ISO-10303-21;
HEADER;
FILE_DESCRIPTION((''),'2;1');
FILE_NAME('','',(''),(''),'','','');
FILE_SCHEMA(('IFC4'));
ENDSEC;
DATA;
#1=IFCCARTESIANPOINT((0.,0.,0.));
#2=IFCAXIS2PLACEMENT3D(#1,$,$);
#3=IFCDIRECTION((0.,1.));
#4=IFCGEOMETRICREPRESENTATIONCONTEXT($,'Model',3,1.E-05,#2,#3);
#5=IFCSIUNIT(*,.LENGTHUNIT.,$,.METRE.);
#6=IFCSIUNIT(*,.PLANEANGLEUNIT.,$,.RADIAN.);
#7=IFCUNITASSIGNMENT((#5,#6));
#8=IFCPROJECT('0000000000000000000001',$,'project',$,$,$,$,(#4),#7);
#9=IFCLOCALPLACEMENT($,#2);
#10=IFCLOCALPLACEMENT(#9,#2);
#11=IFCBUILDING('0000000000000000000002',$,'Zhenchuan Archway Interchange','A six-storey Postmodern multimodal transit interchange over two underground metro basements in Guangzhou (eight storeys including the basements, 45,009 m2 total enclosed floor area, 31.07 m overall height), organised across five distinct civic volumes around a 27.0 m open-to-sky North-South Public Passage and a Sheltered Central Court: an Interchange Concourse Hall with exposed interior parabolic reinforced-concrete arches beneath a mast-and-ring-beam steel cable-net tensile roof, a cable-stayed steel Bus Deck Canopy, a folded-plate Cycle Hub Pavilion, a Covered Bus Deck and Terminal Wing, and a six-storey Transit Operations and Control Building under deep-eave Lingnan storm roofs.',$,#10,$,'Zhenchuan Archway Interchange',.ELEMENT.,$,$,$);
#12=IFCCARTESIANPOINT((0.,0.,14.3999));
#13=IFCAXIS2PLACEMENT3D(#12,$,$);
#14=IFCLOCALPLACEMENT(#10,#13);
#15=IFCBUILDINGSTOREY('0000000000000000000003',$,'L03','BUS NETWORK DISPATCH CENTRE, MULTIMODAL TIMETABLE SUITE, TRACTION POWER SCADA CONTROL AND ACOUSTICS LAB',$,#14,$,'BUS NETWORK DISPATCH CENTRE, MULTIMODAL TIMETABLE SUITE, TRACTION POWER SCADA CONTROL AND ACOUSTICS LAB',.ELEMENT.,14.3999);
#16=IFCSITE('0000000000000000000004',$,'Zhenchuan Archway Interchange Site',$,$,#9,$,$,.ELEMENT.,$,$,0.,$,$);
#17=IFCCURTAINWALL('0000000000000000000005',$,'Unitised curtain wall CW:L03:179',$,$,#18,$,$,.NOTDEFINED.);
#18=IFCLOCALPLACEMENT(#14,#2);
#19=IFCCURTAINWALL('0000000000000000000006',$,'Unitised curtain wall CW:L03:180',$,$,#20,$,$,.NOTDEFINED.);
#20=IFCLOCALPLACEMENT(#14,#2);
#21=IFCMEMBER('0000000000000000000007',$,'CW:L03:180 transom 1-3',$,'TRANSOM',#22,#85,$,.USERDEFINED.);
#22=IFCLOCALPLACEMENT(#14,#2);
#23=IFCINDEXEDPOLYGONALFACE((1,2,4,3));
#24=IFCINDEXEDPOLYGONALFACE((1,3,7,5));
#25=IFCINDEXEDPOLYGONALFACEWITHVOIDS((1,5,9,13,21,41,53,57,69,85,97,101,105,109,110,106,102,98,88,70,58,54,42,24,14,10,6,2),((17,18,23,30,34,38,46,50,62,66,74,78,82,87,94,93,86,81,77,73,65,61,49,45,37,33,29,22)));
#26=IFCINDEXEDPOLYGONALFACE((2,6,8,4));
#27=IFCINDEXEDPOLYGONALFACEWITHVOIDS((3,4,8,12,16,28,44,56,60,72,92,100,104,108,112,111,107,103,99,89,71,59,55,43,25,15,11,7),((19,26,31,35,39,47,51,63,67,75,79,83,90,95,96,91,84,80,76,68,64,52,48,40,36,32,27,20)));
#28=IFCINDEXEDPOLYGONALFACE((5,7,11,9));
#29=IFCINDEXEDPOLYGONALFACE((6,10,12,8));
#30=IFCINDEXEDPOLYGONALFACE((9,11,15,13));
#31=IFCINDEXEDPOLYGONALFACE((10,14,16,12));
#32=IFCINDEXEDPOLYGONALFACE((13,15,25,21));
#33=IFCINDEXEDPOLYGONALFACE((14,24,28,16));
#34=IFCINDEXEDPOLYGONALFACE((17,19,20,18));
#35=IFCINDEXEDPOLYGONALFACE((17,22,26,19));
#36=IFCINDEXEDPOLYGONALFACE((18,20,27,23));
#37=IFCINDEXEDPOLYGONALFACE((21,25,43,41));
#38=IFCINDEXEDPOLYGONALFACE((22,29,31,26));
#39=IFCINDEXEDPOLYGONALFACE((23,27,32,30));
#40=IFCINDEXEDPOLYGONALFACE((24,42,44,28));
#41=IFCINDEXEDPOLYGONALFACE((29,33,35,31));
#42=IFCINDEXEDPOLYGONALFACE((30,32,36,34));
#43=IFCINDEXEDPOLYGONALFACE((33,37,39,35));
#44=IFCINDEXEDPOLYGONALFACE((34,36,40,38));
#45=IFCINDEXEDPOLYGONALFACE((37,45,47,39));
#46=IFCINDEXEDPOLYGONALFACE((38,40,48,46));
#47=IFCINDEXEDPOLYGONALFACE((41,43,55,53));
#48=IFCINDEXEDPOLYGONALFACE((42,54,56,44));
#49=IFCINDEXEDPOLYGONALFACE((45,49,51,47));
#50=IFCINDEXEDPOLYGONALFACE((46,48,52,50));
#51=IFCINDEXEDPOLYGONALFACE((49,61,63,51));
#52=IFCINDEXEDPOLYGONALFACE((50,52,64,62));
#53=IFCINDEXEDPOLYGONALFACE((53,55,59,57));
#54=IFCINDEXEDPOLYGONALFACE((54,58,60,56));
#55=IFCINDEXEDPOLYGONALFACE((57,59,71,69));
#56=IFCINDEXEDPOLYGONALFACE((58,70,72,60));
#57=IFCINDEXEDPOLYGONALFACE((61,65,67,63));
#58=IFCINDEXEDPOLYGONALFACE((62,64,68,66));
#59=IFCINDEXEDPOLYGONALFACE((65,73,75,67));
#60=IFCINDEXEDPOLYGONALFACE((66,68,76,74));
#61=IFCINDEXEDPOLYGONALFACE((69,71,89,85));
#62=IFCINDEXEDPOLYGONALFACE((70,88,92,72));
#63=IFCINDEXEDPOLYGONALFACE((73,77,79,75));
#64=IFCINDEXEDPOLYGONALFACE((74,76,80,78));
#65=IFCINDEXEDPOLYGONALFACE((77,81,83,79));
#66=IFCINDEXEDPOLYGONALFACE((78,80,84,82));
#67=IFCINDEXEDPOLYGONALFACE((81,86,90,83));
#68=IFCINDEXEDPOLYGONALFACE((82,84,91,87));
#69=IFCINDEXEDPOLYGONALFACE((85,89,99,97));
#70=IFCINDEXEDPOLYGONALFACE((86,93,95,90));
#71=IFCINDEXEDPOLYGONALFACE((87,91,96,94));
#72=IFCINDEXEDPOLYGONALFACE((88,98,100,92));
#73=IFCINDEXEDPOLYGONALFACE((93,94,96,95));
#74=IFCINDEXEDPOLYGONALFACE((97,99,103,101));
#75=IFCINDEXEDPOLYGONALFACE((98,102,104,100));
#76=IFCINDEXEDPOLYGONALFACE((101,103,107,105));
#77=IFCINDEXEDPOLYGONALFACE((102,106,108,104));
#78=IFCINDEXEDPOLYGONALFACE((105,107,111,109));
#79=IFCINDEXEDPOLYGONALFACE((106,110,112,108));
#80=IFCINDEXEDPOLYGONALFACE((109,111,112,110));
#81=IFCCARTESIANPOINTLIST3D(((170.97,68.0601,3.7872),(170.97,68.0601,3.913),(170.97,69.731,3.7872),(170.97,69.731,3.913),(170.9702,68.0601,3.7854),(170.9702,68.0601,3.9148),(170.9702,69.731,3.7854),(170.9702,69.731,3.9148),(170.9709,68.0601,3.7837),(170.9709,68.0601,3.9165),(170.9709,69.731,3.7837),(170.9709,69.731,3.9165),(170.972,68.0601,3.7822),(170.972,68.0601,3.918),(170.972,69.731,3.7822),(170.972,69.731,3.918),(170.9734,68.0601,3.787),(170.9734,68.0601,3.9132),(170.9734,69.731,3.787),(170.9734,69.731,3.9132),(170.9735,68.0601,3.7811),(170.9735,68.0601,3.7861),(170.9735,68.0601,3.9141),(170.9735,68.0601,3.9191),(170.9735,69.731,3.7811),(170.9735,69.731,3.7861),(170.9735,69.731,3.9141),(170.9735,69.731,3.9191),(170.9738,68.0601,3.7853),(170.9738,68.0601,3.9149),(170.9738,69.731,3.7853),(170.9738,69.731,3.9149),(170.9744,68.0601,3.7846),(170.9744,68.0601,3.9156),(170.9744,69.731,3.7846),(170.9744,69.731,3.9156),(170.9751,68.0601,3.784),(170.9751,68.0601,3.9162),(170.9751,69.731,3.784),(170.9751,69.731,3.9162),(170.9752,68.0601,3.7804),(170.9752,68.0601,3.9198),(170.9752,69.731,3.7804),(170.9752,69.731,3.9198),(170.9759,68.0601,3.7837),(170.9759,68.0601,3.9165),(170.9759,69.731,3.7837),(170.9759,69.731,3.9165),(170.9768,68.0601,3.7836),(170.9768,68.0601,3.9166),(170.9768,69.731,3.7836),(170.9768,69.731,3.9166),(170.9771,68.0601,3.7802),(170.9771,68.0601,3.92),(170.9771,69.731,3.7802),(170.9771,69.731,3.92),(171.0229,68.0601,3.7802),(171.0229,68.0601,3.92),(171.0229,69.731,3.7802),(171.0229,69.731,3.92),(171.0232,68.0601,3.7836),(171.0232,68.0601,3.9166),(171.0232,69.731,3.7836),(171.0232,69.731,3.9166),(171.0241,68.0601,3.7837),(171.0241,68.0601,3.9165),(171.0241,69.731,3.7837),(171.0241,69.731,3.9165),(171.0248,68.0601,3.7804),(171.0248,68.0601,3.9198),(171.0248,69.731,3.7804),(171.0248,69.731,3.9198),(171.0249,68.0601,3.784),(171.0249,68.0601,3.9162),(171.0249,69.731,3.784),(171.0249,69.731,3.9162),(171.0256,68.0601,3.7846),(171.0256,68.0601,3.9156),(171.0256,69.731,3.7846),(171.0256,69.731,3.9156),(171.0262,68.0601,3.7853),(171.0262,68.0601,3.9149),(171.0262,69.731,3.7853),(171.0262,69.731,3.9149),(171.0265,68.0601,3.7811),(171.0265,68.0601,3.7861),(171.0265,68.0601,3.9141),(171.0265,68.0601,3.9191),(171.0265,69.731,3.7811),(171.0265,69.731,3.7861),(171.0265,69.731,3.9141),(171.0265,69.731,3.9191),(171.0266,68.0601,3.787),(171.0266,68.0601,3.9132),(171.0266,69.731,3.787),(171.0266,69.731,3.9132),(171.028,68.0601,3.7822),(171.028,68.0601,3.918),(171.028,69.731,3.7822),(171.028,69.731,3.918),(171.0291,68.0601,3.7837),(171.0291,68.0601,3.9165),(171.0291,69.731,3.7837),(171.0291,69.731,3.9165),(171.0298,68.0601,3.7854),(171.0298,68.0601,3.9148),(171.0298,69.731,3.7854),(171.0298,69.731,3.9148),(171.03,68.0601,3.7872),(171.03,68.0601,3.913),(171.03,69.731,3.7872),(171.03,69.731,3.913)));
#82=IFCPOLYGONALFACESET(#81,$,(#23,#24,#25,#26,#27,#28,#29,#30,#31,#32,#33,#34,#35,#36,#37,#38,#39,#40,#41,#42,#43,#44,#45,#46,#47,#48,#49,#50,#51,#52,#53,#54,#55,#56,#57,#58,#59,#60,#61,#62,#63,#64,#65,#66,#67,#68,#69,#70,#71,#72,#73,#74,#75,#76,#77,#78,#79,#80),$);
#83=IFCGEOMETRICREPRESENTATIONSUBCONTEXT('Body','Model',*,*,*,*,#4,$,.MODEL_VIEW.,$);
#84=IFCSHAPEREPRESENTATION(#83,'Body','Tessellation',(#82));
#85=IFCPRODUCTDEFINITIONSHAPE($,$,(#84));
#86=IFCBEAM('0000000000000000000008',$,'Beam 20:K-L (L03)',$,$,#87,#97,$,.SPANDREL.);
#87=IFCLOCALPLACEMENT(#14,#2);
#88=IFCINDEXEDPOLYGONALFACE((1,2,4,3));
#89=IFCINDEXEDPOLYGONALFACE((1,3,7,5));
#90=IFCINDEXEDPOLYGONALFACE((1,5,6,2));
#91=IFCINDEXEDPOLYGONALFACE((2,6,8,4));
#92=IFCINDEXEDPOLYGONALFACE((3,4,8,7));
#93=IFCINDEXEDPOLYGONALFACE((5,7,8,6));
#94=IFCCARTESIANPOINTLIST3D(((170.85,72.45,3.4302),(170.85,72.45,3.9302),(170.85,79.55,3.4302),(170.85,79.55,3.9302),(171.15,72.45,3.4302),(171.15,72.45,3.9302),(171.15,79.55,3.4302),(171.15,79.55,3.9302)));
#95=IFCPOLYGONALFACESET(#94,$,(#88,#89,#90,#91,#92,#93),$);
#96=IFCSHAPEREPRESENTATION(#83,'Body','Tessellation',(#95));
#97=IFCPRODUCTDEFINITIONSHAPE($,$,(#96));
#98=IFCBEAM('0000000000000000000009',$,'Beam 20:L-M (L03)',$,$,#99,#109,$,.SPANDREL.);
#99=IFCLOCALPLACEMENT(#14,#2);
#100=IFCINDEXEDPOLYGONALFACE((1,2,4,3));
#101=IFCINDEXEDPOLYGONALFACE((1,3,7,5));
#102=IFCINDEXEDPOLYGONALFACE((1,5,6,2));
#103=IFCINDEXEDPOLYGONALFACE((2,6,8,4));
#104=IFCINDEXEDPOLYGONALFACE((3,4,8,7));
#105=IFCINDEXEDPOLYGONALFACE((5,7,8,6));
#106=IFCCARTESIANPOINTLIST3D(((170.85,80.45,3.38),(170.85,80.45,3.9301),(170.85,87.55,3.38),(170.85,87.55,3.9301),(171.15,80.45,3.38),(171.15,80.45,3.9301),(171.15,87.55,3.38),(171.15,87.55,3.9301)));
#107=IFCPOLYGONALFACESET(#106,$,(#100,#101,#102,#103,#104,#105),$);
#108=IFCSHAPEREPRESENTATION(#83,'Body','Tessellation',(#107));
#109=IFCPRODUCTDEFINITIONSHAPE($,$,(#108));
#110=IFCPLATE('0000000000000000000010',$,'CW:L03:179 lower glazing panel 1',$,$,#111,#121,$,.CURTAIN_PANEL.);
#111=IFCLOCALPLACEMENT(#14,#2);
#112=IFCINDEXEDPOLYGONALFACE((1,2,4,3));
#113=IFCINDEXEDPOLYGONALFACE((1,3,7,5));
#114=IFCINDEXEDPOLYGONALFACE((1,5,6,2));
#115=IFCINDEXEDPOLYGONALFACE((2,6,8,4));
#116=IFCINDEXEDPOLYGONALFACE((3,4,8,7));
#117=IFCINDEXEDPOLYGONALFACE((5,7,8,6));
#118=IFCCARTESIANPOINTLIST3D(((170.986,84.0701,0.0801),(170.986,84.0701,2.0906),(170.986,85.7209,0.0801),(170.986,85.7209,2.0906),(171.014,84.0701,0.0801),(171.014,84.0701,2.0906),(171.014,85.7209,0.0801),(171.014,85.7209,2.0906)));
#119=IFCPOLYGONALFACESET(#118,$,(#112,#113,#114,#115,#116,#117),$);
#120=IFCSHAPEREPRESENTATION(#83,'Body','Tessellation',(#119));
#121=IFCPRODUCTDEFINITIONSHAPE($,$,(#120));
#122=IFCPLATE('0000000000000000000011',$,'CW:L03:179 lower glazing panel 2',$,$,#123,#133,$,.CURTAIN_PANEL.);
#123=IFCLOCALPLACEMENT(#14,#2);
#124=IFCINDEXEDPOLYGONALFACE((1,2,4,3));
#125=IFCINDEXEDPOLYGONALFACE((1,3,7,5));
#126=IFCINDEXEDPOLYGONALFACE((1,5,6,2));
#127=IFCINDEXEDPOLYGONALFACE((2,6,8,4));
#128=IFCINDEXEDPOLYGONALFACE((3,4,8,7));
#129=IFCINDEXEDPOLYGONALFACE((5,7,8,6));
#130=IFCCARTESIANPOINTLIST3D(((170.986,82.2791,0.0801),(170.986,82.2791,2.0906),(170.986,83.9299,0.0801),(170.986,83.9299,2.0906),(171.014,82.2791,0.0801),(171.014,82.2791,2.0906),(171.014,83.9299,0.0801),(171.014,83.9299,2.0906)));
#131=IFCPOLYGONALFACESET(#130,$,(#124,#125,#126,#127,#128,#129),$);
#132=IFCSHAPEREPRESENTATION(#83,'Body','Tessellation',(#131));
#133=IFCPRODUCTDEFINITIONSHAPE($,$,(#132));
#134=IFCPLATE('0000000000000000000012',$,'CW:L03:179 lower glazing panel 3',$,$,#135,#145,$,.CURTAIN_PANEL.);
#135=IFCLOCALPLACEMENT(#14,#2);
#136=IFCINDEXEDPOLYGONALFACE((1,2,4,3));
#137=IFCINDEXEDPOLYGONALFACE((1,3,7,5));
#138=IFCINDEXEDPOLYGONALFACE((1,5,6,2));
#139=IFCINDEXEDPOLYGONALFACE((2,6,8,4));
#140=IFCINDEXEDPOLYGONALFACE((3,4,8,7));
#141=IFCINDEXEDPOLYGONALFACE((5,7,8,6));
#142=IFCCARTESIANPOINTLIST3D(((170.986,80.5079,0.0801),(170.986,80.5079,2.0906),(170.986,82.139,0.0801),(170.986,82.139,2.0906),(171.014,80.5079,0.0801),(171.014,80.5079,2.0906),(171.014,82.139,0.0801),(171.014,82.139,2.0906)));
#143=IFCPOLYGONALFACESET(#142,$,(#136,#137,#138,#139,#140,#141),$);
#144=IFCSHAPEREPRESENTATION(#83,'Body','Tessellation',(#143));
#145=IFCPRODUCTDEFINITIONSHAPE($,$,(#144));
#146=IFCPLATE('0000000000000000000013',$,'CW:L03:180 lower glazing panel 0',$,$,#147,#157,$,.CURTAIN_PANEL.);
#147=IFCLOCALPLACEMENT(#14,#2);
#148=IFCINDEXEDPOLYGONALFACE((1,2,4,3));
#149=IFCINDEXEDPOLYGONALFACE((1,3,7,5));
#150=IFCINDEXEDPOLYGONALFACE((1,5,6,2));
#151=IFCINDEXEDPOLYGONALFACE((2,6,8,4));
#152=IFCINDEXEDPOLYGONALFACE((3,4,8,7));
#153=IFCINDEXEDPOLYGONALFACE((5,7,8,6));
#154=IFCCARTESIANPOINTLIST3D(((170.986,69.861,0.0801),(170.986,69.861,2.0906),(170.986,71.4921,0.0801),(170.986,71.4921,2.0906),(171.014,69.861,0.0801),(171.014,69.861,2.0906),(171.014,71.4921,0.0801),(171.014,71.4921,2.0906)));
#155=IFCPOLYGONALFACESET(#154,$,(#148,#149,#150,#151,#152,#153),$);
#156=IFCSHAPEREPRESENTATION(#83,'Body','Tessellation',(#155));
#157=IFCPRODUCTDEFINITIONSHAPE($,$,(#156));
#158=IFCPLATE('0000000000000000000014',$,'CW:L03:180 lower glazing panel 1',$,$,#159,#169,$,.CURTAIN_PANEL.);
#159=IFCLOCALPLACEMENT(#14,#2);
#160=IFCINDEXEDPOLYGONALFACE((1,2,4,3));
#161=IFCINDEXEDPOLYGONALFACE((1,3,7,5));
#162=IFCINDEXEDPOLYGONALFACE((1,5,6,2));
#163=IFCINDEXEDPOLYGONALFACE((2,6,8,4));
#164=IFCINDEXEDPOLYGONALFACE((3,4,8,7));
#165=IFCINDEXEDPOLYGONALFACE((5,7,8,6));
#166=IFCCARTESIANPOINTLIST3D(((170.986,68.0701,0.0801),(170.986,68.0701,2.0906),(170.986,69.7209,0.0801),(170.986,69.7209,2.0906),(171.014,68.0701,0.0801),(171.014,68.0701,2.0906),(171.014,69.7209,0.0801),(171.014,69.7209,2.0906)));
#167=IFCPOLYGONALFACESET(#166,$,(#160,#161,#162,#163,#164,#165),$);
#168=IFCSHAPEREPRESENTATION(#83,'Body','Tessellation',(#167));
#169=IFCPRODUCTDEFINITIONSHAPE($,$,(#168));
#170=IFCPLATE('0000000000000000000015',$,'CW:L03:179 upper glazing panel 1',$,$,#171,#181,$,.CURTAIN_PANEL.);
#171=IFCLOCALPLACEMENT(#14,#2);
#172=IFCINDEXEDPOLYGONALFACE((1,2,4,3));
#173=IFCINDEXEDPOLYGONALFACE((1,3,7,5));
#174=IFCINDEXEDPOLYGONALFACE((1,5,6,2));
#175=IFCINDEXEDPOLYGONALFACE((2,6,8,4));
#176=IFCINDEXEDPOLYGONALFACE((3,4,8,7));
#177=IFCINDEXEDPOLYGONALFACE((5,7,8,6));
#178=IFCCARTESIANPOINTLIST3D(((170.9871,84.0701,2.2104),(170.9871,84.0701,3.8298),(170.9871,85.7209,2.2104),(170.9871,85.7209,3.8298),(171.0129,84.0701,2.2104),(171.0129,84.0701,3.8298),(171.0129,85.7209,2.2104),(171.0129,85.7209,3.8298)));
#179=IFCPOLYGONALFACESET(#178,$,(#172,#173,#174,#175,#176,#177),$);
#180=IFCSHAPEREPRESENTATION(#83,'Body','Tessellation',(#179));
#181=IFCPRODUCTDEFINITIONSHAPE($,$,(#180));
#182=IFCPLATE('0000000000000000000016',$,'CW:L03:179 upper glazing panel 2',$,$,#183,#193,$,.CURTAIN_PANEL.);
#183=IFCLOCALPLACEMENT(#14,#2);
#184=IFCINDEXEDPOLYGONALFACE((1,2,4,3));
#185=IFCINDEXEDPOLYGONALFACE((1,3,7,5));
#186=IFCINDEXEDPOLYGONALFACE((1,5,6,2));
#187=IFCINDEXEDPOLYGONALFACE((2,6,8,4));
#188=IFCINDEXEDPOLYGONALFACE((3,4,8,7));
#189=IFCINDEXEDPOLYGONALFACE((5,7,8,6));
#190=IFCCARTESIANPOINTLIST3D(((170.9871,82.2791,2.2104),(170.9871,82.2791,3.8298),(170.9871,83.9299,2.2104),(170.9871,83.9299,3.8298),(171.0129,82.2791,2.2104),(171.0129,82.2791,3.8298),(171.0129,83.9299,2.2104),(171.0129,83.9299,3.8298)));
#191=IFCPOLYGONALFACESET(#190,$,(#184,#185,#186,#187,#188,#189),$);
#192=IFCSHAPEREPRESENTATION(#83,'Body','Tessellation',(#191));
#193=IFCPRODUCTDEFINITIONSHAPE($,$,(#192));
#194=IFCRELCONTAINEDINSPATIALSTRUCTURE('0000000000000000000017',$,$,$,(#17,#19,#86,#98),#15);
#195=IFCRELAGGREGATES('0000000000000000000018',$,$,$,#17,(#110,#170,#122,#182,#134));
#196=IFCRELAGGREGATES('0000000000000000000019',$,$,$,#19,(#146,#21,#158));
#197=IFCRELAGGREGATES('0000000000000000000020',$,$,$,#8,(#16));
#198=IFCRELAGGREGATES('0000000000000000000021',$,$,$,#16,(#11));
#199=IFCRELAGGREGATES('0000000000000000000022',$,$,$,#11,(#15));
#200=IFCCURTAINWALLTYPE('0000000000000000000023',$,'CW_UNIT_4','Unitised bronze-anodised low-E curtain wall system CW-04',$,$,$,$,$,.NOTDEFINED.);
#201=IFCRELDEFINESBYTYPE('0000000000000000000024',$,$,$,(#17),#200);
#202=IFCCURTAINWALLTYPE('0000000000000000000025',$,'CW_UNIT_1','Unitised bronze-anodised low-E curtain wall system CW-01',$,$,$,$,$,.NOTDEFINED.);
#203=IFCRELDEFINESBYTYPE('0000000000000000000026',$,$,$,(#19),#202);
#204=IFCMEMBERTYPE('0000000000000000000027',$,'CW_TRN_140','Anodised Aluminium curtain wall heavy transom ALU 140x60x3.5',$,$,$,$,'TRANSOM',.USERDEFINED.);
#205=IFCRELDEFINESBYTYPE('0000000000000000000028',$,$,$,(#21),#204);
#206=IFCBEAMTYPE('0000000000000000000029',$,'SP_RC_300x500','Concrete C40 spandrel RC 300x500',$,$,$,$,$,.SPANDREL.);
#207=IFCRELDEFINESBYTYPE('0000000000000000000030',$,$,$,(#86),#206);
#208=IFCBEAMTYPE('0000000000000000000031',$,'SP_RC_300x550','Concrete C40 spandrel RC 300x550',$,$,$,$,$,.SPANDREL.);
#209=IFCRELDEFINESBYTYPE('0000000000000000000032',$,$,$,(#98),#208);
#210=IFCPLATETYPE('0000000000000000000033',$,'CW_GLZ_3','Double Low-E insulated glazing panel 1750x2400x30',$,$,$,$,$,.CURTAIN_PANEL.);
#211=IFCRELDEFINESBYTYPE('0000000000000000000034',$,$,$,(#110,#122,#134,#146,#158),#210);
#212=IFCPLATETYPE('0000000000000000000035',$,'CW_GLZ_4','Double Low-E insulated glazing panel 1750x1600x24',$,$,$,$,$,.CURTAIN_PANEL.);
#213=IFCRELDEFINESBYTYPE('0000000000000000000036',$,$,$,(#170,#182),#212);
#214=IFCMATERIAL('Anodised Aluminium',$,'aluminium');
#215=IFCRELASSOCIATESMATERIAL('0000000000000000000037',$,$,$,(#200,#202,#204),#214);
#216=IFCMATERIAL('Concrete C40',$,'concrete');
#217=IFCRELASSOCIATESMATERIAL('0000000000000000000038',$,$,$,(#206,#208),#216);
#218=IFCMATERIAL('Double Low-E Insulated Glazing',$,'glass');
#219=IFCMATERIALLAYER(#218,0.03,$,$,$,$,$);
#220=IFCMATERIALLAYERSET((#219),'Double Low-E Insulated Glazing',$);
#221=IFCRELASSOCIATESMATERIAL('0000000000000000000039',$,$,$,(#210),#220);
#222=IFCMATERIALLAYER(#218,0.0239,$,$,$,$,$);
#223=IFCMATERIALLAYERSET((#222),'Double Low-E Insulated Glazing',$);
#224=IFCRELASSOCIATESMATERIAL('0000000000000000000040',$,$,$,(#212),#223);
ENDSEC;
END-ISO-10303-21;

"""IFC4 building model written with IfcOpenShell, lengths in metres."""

from ifc_helpers import new_model, si_unit, direction, frame, origin, origin_2d, place, context, subcontext, project, spatial, rectangle, hollow_rectangle, extrude, material, layer, layer_set, material_profile, profile_set, type_object, element, aggregate, save


model = new_model("IFC4")

# Units and contexts
model_context = context("Model", 3, precision=1e-05, world=origin(), true_north=direction((0.0, 1.0)))
body_context = subcontext(model_context, "Body", "Model", "MODEL_VIEW")
ifc_project = project(units=[si_unit("LENGTHUNIT", "METRE"), si_unit("PLANEANGLEUNIT", "RADIAN")], contexts=[model_context])

# Site, building, storey
site_placement = place(None, origin())
site = spatial("IfcSite", under=ifc_project, at=site_placement, Name="Zhenchuan Archway Interchange Site", CompositionType="ELEMENT", RefElevation=0.0)
building_placement = place(site_placement, origin())
building = spatial("IfcBuilding", under=site, at=building_placement, Name="Zhenchuan Archway Interchange", Description="A six-storey Postmodern multimodal transit interchange over two underground metro basements in Guangzhou (eight storeys including the basements, 45,009 m2 total enclosed floor area, 31.07 m overall height), organised across five distinct civic volumes around a 27.0 m open-to-sky North-South Public Passage and a Sheltered Central Court: an Interchange Concourse Hall with exposed interior parabolic reinforced-concrete arches beneath a mast-and-ring-beam steel cable-net tensile roof, a cable-stayed steel Bus Deck Canopy, a folded-plate Cycle Hub Pavilion, a Covered Bus Deck and Terminal Wing, and a six-storey Transit Operations and Control Building under deep-eave Lingnan storm roofs.", LongName="Zhenchuan Archway Interchange", CompositionType="ELEMENT")
storey_placement = place(building_placement, frame((0.0, 0.0, 14.3999)))
storey = spatial("IfcBuildingStorey", under=building, at=storey_placement, Name="L03", Description="BUS NETWORK DISPATCH CENTRE, MULTIMODAL TIMETABLE SUITE, TRACTION POWER SCADA CONTROL AND ACOUSTICS LAB", LongName="BUS NETWORK DISPATCH CENTRE, MULTIMODAL TIMETABLE SUITE, TRACTION POWER SCADA CONTROL AND ACOUSTICS LAB", CompositionType="ELEMENT", Elevation=14.3999)

# Shared definitions
ifc_material_1 = material(Name="Concrete C40", Category="concrete")

# Curtain walls
ifc_material_2 = material(Name="Anodised Aluminium", Category="aluminium")
curtain_wall_type_1 = type_object("IfcCurtainWallType", Name="CW_UNIT_4", Description="Unitised bronze-anodised low-E curtain wall system CW-04", PredefinedType="NOTDEFINED", material=ifc_material_2)
curtain_wall_1_placement = place(storey_placement, origin())
curtain_wall_1 = element("IfcCurtainWall", 1, at=curtain_wall_1_placement, inside=storey, type_object=curtain_wall_type_1, Name="Unitised curtain wall CW:L03:179", PredefinedType="NOTDEFINED")
curtain_wall_type_2 = type_object("IfcCurtainWallType", Name="CW_UNIT_1", Description="Unitised bronze-anodised low-E curtain wall system CW-01", PredefinedType="NOTDEFINED", material=ifc_material_2)
curtain_wall_2_placement = place(storey_placement, origin())
curtain_wall_2 = element("IfcCurtainWall", 2, at=curtain_wall_2_placement, inside=storey, type_object=curtain_wall_type_2, Name="Unitised curtain wall CW:L03:180", PredefinedType="NOTDEFINED")

# Member
ifc_material_profile_1 = material_profile(ifc_material_2, hollow_rectangle(XDim=0.0601, YDim=0.1399, WallThickness=0.0034, InnerFilletRadius=0.0034, OuterFilletRadius=0.0071, at=origin_2d()), Name="ALU 140x60x3.5")
ifc_profile_set_1 = profile_set([ifc_material_profile_1], Name="Anodised Aluminium")
member_type_1 = type_object("IfcMemberType", Name="CW_TRN_140", Description="Anodised Aluminium curtain wall heavy transom ALU 140x60x3.5", ElementType="TRANSOM", PredefinedType="USERDEFINED", material=ifc_profile_set_1)
member_1_placement = place(storey_placement, frame((171.0, 69.731, 3.8501), z_axis=(0.0, -1.0, 0.0), x_axis=(1.0, 0.0, 0.0)))
member_1 = element("IfcMember", 3, at=member_1_placement, type_object=member_type_1, Name="CW:L03:180 transom 1-3", ObjectType="TRANSOM", PredefinedType="USERDEFINED", context=body_context, shape_type="SweptSolid", body=[
    extrude(hollow_rectangle(XDim=0.0601, YDim=0.1399, WallThickness=0.0034, InnerFilletRadius=0.0034, OuterFilletRadius=0.0071, at=origin_2d()), origin(), (0.0, 0.0, 1.0), 1.6709),
])

# Beams
ifc_material_profile_2 = material_profile(ifc_material_1, rectangle(XDim=0.3, YDim=0.5, at=origin_2d()), Name="RC 300x500")
ifc_profile_set_2 = profile_set([ifc_material_profile_2], Name="Concrete C40")
beam_type_1 = type_object("IfcBeamType", Name="SP_RC_300x500", Description="Concrete C40 spandrel RC 300x500", PredefinedType="SPANDREL", material=ifc_profile_set_2)
beam_1_placement = place(storey_placement, frame((171.0, 72.45, 3.6802), z_axis=(0.0, 1.0, 0.0), x_axis=(-1.0, 0.0, 0.0)))
element("IfcBeam", 4, at=beam_1_placement, inside=storey, type_object=beam_type_1, Name="Beam 20:K-L (L03)", PredefinedType="SPANDREL", context=body_context, shape_type="SweptSolid", body=[
    extrude(rectangle(XDim=0.3, YDim=0.5, at=origin_2d()), origin(), (0.0, 0.0, 1.0), 7.1001),
])
ifc_material_profile_3 = material_profile(ifc_material_1, rectangle(XDim=0.3, YDim=0.55, at=origin_2d()), Name="RC 300x550")
ifc_profile_set_3 = profile_set([ifc_material_profile_3], Name="Concrete C40")
beam_type_2 = type_object("IfcBeamType", Name="SP_RC_300x550", Description="Concrete C40 spandrel RC 300x550", PredefinedType="SPANDREL", material=ifc_profile_set_3)
beam_2_placement = place(storey_placement, frame((171.0, 80.45, 3.655), z_axis=(0.0, 1.0, 0.0), x_axis=(-1.0, 0.0, 0.0)))
element("IfcBeam", 5, at=beam_2_placement, inside=storey, type_object=beam_type_2, Name="Beam 20:L-M (L03)", PredefinedType="SPANDREL", context=body_context, shape_type="SweptSolid", body=[
    extrude(rectangle(XDim=0.3, YDim=0.55, at=origin_2d()), origin(), (0.0, 0.0, 1.0), 7.1001),
])

# Plates
ifc_material_3 = material(Name="Double Low-E Insulated Glazing", Category="glass")
ifc_layer_1 = layer(ifc_material_3, 0.03)
ifc_layer_set_1 = layer_set([ifc_layer_1], Name="Double Low-E Insulated Glazing")
plate_type_1 = type_object("IfcPlateType", Name="CW_GLZ_3", Description="Double Low-E insulated glazing panel 1750x2400x30", PredefinedType="CURTAIN_PANEL", material=ifc_layer_set_1)
plate_1_placement = place(storey_placement, frame((171.0, 84.8955, 0.0801), z_axis=(0.0, 0.0, 1.0), x_axis=(0.0, -1.0, 0.0)))
plate_1 = element("IfcPlate", 6, at=plate_1_placement, type_object=plate_type_1, Name="CW:L03:179 lower glazing panel 1", PredefinedType="CURTAIN_PANEL", context=body_context, shape_type="SweptSolid", body=[
    extrude(rectangle(XDim=1.6509, YDim=0.0281, at=origin_2d()), origin(), (0.0, 0.0, 1.0), 2.0105),
])
plate_2_placement = place(storey_placement, frame((171.0, 83.1045, 0.0801), z_axis=(0.0, 0.0, 1.0), x_axis=(0.0, -1.0, 0.0)))
plate_2 = element("IfcPlate", 7, at=plate_2_placement, type_object=plate_type_1, Name="CW:L03:179 lower glazing panel 2", PredefinedType="CURTAIN_PANEL", context=body_context, shape_type="SweptSolid", body=[
    extrude(rectangle(XDim=1.6509, YDim=0.0281, at=origin_2d()), origin(), (0.0, 0.0, 1.0), 2.0105),
])
plate_3_placement = place(storey_placement, frame((171.0, 81.3235, 0.0801), z_axis=(0.0, 0.0, 1.0), x_axis=(0.0, -1.0, 0.0)))
plate_3 = element("IfcPlate", 8, at=plate_3_placement, type_object=plate_type_1, Name="CW:L03:179 lower glazing panel 3", PredefinedType="CURTAIN_PANEL", context=body_context, shape_type="SweptSolid", body=[
    extrude(rectangle(XDim=1.6311, YDim=0.0281, at=origin_2d()), origin(), (0.0, 0.0, 1.0), 2.0105),
])
plate_4_placement = place(storey_placement, frame((171.0, 70.6765, 0.0801), z_axis=(0.0, 0.0, 1.0), x_axis=(0.0, -1.0, 0.0)))
plate_4 = element("IfcPlate", 9, at=plate_4_placement, type_object=plate_type_1, Name="CW:L03:180 lower glazing panel 0", PredefinedType="CURTAIN_PANEL", context=body_context, shape_type="SweptSolid", body=[
    extrude(rectangle(XDim=1.6311, YDim=0.0281, at=origin_2d()), origin(), (0.0, 0.0, 1.0), 2.0105),
])
plate_5_placement = place(storey_placement, frame((171.0, 68.8955, 0.0801), z_axis=(0.0, 0.0, 1.0), x_axis=(0.0, -1.0, 0.0)))
plate_5 = element("IfcPlate", 10, at=plate_5_placement, type_object=plate_type_1, Name="CW:L03:180 lower glazing panel 1", PredefinedType="CURTAIN_PANEL", context=body_context, shape_type="SweptSolid", body=[
    extrude(rectangle(XDim=1.6509, YDim=0.0281, at=origin_2d()), origin(), (0.0, 0.0, 1.0), 2.0105),
])
ifc_layer_2 = layer(ifc_material_3, 0.0239)
ifc_layer_set_2 = layer_set([ifc_layer_2], Name="Double Low-E Insulated Glazing")
plate_type_2 = type_object("IfcPlateType", Name="CW_GLZ_4", Description="Double Low-E insulated glazing panel 1750x1600x24", PredefinedType="CURTAIN_PANEL", material=ifc_layer_set_2)
plate_6_placement = place(storey_placement, frame((171.0, 84.8955, 2.2104), z_axis=(0.0, 0.0, 1.0), x_axis=(0.0, -1.0, 0.0)))
plate_6 = element("IfcPlate", 11, at=plate_6_placement, type_object=plate_type_2, Name="CW:L03:179 upper glazing panel 1", PredefinedType="CURTAIN_PANEL", context=body_context, shape_type="SweptSolid", body=[
    extrude(rectangle(XDim=1.6509, YDim=0.0259, at=origin_2d()), origin(), (0.0, 0.0, 1.0), 1.6194),
])
plate_7_placement = place(storey_placement, frame((171.0, 83.1045, 2.2104), z_axis=(0.0, 0.0, 1.0), x_axis=(0.0, -1.0, 0.0)))
plate_7 = element("IfcPlate", 12, at=plate_7_placement, type_object=plate_type_2, Name="CW:L03:179 upper glazing panel 2", PredefinedType="CURTAIN_PANEL", context=body_context, shape_type="SweptSolid", body=[
    extrude(rectangle(XDim=1.6509, YDim=0.0259, at=origin_2d()), origin(), (0.0, 0.0, 1.0), 1.6194),
])
aggregate(curtain_wall_1, [plate_1, plate_6, plate_2, plate_7, plate_3])
aggregate(curtain_wall_2, [plate_4, member_1, plate_5])

save(model, "model.ifc")
